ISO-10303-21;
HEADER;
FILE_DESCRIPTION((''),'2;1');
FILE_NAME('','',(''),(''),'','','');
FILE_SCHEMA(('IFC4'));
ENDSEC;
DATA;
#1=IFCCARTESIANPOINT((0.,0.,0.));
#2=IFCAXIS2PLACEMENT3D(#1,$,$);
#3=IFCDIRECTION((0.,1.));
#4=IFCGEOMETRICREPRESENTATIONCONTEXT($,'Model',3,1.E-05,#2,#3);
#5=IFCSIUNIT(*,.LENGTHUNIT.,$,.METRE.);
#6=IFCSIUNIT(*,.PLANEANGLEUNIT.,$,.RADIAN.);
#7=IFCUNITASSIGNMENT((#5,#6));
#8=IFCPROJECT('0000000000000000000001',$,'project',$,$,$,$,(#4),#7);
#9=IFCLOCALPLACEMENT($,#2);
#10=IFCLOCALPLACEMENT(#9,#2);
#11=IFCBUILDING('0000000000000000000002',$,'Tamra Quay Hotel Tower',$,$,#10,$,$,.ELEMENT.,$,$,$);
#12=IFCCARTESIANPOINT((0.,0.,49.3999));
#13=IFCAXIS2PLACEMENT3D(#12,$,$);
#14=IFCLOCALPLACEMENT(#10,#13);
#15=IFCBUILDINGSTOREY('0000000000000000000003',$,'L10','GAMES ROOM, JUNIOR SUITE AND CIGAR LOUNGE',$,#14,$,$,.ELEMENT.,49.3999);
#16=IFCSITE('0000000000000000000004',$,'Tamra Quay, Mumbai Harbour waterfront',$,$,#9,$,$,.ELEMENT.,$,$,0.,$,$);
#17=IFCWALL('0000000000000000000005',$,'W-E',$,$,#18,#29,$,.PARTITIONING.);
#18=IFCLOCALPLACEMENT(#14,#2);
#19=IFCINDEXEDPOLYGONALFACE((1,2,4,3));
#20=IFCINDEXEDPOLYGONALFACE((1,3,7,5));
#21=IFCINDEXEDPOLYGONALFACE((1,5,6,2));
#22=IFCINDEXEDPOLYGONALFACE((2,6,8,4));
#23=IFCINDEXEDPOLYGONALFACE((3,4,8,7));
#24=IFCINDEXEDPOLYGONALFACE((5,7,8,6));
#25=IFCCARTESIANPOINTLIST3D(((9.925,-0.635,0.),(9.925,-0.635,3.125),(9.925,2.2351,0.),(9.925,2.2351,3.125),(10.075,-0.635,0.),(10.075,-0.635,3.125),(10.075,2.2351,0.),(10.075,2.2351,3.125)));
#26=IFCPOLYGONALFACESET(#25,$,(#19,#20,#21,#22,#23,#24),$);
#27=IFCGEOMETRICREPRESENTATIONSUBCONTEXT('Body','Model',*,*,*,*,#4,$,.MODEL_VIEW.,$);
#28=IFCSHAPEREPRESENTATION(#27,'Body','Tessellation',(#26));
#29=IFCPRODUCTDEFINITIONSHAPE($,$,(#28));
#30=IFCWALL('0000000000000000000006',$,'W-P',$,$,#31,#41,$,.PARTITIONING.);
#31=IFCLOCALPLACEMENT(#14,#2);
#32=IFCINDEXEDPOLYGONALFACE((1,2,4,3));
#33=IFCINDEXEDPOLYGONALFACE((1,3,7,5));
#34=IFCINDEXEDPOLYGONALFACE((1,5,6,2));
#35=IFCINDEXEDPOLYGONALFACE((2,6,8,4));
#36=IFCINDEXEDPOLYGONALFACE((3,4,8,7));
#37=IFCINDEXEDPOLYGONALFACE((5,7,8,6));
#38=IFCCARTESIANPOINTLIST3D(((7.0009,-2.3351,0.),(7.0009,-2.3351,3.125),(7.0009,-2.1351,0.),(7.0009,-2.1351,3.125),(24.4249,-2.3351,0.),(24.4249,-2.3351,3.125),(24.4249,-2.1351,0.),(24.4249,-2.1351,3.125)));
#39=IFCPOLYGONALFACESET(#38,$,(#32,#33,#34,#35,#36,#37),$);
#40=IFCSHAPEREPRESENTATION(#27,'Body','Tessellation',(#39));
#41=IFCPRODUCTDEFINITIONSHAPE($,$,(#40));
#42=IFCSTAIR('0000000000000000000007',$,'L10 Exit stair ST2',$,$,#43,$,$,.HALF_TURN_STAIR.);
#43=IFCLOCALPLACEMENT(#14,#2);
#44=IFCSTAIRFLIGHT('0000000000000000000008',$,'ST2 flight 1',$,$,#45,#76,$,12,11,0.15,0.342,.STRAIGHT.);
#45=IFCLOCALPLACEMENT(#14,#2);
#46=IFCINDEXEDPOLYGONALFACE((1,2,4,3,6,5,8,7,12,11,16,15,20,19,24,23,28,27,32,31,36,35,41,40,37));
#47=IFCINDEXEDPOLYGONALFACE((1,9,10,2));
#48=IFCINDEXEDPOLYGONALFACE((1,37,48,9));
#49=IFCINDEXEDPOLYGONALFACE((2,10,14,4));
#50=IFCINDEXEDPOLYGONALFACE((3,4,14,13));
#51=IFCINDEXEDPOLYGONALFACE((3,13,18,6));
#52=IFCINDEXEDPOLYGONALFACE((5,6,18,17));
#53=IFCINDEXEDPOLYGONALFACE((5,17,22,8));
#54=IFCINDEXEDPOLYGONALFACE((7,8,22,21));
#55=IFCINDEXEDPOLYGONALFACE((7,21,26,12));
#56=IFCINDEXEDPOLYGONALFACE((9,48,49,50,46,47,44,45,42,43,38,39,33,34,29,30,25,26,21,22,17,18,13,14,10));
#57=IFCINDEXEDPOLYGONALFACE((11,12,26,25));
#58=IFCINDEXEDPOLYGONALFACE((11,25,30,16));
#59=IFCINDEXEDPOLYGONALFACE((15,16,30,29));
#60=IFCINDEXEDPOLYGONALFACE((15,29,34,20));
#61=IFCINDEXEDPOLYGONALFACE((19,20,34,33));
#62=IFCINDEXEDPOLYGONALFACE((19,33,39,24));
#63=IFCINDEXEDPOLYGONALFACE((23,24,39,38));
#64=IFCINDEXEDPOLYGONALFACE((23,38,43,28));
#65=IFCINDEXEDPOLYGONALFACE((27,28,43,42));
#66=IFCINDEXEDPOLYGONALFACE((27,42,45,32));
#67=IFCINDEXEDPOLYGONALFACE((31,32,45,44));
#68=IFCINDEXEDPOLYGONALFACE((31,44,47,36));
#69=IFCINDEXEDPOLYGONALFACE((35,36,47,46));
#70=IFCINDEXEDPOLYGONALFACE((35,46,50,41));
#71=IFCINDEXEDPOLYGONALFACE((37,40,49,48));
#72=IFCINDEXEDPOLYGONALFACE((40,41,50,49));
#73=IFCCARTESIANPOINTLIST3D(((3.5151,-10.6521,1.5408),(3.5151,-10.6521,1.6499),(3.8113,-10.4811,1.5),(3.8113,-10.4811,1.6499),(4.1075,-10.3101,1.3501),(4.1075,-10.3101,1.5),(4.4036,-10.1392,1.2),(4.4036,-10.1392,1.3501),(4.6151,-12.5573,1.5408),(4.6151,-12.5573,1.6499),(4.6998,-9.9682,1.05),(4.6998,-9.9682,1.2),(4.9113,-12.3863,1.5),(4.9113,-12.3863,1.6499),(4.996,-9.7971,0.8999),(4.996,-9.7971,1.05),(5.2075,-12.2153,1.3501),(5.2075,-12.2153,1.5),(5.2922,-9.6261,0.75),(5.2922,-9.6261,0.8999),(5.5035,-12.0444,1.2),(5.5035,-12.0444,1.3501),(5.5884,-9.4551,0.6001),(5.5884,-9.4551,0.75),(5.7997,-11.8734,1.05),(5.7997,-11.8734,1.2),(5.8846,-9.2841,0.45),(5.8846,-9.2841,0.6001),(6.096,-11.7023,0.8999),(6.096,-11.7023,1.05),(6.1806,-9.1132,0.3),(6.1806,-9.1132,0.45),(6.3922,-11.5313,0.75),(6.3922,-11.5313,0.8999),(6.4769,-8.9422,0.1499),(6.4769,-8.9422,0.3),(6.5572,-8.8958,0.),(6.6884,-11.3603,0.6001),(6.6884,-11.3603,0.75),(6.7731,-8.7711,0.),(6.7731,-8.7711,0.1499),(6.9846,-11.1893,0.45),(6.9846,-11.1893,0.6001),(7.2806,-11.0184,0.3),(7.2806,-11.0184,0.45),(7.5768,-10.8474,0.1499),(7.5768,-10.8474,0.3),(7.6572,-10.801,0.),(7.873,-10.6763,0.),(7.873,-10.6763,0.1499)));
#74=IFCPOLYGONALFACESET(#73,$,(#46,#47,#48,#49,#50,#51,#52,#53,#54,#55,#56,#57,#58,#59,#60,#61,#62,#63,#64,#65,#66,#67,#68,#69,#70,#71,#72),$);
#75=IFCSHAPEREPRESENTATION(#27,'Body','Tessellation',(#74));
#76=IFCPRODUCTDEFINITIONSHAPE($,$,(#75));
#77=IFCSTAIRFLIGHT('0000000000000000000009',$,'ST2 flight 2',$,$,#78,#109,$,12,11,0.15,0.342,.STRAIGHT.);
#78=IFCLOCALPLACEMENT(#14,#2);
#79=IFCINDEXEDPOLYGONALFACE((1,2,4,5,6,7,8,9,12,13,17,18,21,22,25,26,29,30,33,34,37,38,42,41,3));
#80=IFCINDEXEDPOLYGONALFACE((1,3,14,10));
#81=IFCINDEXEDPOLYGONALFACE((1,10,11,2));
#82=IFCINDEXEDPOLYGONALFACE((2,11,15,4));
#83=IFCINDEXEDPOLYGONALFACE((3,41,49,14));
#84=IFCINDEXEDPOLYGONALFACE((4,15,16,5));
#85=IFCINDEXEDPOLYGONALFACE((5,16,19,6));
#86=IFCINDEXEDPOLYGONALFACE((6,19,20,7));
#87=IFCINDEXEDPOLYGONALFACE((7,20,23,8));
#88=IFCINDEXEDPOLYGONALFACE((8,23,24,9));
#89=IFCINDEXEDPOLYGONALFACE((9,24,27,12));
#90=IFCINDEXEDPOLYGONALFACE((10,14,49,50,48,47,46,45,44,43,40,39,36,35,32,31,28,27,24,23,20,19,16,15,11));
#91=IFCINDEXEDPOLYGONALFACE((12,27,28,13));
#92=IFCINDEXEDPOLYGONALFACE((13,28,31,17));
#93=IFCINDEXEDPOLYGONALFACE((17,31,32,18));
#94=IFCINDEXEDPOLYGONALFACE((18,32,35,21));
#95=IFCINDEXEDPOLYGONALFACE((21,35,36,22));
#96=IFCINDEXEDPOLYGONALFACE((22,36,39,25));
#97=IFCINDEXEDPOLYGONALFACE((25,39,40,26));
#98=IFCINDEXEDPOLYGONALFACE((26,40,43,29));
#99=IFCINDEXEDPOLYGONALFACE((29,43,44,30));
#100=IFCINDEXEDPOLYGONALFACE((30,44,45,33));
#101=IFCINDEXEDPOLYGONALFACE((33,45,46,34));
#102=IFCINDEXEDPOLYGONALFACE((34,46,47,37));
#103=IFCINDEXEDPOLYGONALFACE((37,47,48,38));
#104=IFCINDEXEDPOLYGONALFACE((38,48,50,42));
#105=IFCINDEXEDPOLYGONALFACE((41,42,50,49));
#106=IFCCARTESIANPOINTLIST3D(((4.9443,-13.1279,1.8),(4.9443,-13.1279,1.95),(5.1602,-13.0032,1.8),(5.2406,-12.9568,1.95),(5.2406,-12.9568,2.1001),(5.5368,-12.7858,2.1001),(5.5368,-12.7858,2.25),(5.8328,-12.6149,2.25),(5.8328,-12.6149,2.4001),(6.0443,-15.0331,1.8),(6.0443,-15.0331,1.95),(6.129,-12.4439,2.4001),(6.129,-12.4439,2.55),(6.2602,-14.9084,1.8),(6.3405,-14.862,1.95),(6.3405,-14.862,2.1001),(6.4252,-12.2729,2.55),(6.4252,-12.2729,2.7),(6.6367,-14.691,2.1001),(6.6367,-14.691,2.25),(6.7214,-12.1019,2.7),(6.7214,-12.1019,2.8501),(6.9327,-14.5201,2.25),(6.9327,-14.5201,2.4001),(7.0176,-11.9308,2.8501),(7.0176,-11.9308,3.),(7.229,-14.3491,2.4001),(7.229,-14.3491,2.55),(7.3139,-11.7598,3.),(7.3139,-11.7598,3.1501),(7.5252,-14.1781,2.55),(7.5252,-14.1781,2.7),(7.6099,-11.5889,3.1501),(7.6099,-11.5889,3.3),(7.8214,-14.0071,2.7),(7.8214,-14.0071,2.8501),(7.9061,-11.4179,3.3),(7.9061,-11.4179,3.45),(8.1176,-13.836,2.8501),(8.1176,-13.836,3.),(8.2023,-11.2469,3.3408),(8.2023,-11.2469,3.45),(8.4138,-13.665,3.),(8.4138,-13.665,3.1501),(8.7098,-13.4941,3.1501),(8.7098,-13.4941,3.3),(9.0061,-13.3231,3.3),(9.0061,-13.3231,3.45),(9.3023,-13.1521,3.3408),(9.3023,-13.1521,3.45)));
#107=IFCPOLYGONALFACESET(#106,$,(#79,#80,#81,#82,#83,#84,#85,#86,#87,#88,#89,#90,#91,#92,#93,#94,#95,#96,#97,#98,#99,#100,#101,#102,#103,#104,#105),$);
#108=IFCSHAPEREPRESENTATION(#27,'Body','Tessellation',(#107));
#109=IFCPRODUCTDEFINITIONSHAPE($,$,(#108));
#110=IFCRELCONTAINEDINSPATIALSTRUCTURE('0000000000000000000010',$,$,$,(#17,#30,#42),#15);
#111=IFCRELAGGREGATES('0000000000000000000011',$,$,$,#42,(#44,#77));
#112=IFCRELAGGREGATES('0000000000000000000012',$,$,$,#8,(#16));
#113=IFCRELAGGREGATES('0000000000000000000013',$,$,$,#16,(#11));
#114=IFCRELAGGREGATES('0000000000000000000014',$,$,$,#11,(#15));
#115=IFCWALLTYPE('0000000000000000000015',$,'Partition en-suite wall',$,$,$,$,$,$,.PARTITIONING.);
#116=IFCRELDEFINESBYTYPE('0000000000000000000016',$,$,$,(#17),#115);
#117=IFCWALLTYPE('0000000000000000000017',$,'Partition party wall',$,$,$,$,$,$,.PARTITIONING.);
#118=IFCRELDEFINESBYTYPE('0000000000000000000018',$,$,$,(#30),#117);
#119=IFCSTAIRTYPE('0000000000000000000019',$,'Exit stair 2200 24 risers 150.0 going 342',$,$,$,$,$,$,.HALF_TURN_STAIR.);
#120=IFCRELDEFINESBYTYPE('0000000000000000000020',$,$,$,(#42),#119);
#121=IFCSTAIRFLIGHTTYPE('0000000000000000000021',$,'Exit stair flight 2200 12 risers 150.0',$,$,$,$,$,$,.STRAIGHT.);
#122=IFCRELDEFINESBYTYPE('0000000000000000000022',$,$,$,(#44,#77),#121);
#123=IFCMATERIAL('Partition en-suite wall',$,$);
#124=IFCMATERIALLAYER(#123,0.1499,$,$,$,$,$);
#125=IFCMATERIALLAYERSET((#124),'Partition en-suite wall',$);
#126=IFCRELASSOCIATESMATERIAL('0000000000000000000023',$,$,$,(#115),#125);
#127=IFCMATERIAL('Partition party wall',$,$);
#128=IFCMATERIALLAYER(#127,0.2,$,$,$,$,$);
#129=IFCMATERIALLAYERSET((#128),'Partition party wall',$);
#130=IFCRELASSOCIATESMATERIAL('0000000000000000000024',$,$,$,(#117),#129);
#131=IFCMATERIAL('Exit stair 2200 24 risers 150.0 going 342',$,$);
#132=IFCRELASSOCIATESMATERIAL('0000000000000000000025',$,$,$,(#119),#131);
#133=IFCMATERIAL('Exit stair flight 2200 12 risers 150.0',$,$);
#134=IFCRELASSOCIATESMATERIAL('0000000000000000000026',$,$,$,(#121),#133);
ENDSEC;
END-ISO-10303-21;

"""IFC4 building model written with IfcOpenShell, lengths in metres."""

from ifc_helpers import new_model, si_unit, direction, frame, frame_2d, origin, place, context, subcontext, project, spatial, polyline, rectangle, outline, extrude, material, layer, layer_set, type_object, element, aggregate, save


model = new_model("IFC4")

# Units and contexts
model_context = context("Model", 3, precision=1e-05, world=origin(), true_north=direction((0.0, 1.0)))
body_context = subcontext(model_context, "Body", "Model", "MODEL_VIEW")
ifc_project = project(units=[si_unit("LENGTHUNIT", "METRE"), si_unit("PLANEANGLEUNIT", "RADIAN")], contexts=[model_context])

# Site, building, storey
site_placement = place(None, origin())
site = spatial("IfcSite", under=ifc_project, at=site_placement, Name="Tamra Quay, Mumbai Harbour waterfront", CompositionType="ELEMENT", RefElevation=0.0)
building_placement = place(site_placement, origin())
building = spatial("IfcBuilding", under=site, at=building_placement, Name="Tamra Quay Hotel Tower", CompositionType="ELEMENT")
storey_placement = place(building_placement, frame((0.0, 0.0, 49.3999)))
storey = spatial("IfcBuildingStorey", under=building, at=storey_placement, Name="L10", Description="GAMES ROOM, JUNIOR SUITE AND CIGAR LOUNGE", CompositionType="ELEMENT", Elevation=49.3999)

# Shared definitions
ifc_material_1 = material(Name="Partition en-suite wall")
ifc_layer_1 = layer(ifc_material_1, 0.1499)
ifc_layer_set_1 = layer_set([ifc_layer_1], Name="Partition en-suite wall")
wall_type_1 = type_object("IfcWallType", Name="Partition en-suite wall", PredefinedType="PARTITIONING", material=ifc_layer_set_1)

# Walls
wall_1_placement = place(storey_placement, frame((10.0, -0.635, 0.0), z_axis=(0.0, 0.0, 1.0), x_axis=(0.0, 1.0, 0.0)))
element("IfcWall", 1, at=wall_1_placement, inside=storey, type_object=wall_type_1, Name="W-E", PredefinedType="PARTITIONING", context=body_context, shape_type="SweptSolid", body=[
    extrude(rectangle(XDim=2.8701, YDim=0.1499, at=frame_2d((1.4351, 0.0))), origin(), (0.0, 0.0, 1.0), 3.125),
])
ifc_material_2 = material(Name="Partition party wall")
ifc_layer_2 = layer(ifc_material_2, 0.2)
ifc_layer_set_2 = layer_set([ifc_layer_2], Name="Partition party wall")
wall_type_2 = type_object("IfcWallType", Name="Partition party wall", PredefinedType="PARTITIONING", material=ifc_layer_set_2)
wall_2_placement = place(storey_placement, frame((7.001, -2.2351, 0.0), z_axis=(0.0, 0.0, 1.0), x_axis=(1.0, 0.0, 0.0)))
element("IfcWall", 2, at=wall_2_placement, inside=storey, type_object=wall_type_2, Name="W-P", PredefinedType="PARTITIONING", context=body_context, shape_type="SweptSolid", body=[
    extrude(rectangle(XDim=17.4241, YDim=0.2, at=frame_2d((8.7119, 0.0))), origin(), (0.0, 0.0, 1.0), 3.125),
])

# Stair, stair flights
ifc_material_3 = material(Name="Exit stair 2200 24 risers 150.0 going 342")
stair_type = type_object("IfcStairType", Name="Exit stair 2200 24 risers 150.0 going 342", PredefinedType="HALF_TURN_STAIR", material=ifc_material_3)
stair_placement = place(storey_placement, origin())
stair = element("IfcStair", 3, at=stair_placement, inside=storey, type_object=stair_type, Name="L10 Exit stair ST2", PredefinedType="HALF_TURN_STAIR")
ifc_material_4 = material(Name="Exit stair flight 2200 12 risers 150.0")
stair_flight_type = type_object("IfcStairFlightType", Name="Exit stair flight 2200 12 risers 150.0", PredefinedType="STRAIGHT", material=ifc_material_4)
stair_flight_1_placement = place(storey_placement, frame((7.323, -9.7236, 0.0), z_axis=(0.0, 0.0, 1.0), x_axis=(-0.866025, -0.5, 0.0)))
stair_flight_1 = element("IfcStairFlight", 4, at=stair_flight_1_placement, type_object=stair_flight_type, Name="ST2 flight 1", NumberOfRisers=12, NumberOfTreads=11, PredefinedType="STRAIGHT", RiserHeight=0.15, TreadLength=0.342, context=body_context, shape_type="SweptSolid", body=[
    extrude(outline(polyline([(0.0, 0.0), (0.0, 0.1499), (0.342, 0.1499), (0.342, 0.3), (0.6841, 0.3), (0.6841, 0.45), (1.0259, 0.45), (1.0259, 0.6001), (1.3679, 0.6001), (1.3679, 0.75), (1.71, 0.75), (1.71, 0.8999), (2.052, 0.8999), (2.052, 1.05), (2.394, 1.05), (2.394, 1.2), (2.7361, 1.2), (2.7361, 1.3501), (3.0779, 1.3501), (3.0779, 1.5), (3.4199, 1.5), (3.4199, 1.6499), (3.762, 1.6499), (3.762, 1.8), (3.762, 1.5408), (0.2493, 0.0), (0.0, 0.0)])), frame((0.0, 1.1001, 0.0), z_axis=(0.0, -1.0, 0.0), x_axis=(1.0, 0.0, 0.0)), (0.0, 0.0, 1.0), 2.2),
])
stair_flight_2_placement = place(storey_placement, frame((5.4944, -14.0806, 1.8), z_axis=(0.0, 0.0, 1.0), x_axis=(0.866025, 0.5, 0.0)))
stair_flight_2 = element("IfcStairFlight", 5, at=stair_flight_2_placement, type_object=stair_flight_type, Name="ST2 flight 2", NumberOfRisers=12, NumberOfTreads=11, PredefinedType="STRAIGHT", RiserHeight=0.15, TreadLength=0.342, context=body_context, shape_type="SweptSolid", body=[
    extrude(outline(polyline([(0.0, 0.0), (0.0, 0.1499), (0.342, 0.1499), (0.342, 0.3), (0.6841, 0.3), (0.6841, 0.45), (1.0259, 0.45), (1.0259, 0.6001), (1.3679, 0.6001), (1.3679, 0.75), (1.71, 0.75), (1.71, 0.8999), (2.052, 0.8999), (2.052, 1.05), (2.394, 1.05), (2.394, 1.2), (2.7361, 1.2), (2.7361, 1.3501), (3.0779, 1.3501), (3.0779, 1.5), (3.4199, 1.5), (3.4199, 1.6499), (3.762, 1.6499), (3.762, 1.8), (3.762, 1.5408), (0.2493, 0.0), (0.0, 0.0)])), frame((0.0, 1.1001, 0.0), z_axis=(0.0, -1.0, 0.0), x_axis=(1.0, 0.0, 0.0)), (0.0, 0.0, 1.0), 2.2),
])
aggregate(stair, [stair_flight_1, stair_flight_2])

save(model, "model.ifc")
